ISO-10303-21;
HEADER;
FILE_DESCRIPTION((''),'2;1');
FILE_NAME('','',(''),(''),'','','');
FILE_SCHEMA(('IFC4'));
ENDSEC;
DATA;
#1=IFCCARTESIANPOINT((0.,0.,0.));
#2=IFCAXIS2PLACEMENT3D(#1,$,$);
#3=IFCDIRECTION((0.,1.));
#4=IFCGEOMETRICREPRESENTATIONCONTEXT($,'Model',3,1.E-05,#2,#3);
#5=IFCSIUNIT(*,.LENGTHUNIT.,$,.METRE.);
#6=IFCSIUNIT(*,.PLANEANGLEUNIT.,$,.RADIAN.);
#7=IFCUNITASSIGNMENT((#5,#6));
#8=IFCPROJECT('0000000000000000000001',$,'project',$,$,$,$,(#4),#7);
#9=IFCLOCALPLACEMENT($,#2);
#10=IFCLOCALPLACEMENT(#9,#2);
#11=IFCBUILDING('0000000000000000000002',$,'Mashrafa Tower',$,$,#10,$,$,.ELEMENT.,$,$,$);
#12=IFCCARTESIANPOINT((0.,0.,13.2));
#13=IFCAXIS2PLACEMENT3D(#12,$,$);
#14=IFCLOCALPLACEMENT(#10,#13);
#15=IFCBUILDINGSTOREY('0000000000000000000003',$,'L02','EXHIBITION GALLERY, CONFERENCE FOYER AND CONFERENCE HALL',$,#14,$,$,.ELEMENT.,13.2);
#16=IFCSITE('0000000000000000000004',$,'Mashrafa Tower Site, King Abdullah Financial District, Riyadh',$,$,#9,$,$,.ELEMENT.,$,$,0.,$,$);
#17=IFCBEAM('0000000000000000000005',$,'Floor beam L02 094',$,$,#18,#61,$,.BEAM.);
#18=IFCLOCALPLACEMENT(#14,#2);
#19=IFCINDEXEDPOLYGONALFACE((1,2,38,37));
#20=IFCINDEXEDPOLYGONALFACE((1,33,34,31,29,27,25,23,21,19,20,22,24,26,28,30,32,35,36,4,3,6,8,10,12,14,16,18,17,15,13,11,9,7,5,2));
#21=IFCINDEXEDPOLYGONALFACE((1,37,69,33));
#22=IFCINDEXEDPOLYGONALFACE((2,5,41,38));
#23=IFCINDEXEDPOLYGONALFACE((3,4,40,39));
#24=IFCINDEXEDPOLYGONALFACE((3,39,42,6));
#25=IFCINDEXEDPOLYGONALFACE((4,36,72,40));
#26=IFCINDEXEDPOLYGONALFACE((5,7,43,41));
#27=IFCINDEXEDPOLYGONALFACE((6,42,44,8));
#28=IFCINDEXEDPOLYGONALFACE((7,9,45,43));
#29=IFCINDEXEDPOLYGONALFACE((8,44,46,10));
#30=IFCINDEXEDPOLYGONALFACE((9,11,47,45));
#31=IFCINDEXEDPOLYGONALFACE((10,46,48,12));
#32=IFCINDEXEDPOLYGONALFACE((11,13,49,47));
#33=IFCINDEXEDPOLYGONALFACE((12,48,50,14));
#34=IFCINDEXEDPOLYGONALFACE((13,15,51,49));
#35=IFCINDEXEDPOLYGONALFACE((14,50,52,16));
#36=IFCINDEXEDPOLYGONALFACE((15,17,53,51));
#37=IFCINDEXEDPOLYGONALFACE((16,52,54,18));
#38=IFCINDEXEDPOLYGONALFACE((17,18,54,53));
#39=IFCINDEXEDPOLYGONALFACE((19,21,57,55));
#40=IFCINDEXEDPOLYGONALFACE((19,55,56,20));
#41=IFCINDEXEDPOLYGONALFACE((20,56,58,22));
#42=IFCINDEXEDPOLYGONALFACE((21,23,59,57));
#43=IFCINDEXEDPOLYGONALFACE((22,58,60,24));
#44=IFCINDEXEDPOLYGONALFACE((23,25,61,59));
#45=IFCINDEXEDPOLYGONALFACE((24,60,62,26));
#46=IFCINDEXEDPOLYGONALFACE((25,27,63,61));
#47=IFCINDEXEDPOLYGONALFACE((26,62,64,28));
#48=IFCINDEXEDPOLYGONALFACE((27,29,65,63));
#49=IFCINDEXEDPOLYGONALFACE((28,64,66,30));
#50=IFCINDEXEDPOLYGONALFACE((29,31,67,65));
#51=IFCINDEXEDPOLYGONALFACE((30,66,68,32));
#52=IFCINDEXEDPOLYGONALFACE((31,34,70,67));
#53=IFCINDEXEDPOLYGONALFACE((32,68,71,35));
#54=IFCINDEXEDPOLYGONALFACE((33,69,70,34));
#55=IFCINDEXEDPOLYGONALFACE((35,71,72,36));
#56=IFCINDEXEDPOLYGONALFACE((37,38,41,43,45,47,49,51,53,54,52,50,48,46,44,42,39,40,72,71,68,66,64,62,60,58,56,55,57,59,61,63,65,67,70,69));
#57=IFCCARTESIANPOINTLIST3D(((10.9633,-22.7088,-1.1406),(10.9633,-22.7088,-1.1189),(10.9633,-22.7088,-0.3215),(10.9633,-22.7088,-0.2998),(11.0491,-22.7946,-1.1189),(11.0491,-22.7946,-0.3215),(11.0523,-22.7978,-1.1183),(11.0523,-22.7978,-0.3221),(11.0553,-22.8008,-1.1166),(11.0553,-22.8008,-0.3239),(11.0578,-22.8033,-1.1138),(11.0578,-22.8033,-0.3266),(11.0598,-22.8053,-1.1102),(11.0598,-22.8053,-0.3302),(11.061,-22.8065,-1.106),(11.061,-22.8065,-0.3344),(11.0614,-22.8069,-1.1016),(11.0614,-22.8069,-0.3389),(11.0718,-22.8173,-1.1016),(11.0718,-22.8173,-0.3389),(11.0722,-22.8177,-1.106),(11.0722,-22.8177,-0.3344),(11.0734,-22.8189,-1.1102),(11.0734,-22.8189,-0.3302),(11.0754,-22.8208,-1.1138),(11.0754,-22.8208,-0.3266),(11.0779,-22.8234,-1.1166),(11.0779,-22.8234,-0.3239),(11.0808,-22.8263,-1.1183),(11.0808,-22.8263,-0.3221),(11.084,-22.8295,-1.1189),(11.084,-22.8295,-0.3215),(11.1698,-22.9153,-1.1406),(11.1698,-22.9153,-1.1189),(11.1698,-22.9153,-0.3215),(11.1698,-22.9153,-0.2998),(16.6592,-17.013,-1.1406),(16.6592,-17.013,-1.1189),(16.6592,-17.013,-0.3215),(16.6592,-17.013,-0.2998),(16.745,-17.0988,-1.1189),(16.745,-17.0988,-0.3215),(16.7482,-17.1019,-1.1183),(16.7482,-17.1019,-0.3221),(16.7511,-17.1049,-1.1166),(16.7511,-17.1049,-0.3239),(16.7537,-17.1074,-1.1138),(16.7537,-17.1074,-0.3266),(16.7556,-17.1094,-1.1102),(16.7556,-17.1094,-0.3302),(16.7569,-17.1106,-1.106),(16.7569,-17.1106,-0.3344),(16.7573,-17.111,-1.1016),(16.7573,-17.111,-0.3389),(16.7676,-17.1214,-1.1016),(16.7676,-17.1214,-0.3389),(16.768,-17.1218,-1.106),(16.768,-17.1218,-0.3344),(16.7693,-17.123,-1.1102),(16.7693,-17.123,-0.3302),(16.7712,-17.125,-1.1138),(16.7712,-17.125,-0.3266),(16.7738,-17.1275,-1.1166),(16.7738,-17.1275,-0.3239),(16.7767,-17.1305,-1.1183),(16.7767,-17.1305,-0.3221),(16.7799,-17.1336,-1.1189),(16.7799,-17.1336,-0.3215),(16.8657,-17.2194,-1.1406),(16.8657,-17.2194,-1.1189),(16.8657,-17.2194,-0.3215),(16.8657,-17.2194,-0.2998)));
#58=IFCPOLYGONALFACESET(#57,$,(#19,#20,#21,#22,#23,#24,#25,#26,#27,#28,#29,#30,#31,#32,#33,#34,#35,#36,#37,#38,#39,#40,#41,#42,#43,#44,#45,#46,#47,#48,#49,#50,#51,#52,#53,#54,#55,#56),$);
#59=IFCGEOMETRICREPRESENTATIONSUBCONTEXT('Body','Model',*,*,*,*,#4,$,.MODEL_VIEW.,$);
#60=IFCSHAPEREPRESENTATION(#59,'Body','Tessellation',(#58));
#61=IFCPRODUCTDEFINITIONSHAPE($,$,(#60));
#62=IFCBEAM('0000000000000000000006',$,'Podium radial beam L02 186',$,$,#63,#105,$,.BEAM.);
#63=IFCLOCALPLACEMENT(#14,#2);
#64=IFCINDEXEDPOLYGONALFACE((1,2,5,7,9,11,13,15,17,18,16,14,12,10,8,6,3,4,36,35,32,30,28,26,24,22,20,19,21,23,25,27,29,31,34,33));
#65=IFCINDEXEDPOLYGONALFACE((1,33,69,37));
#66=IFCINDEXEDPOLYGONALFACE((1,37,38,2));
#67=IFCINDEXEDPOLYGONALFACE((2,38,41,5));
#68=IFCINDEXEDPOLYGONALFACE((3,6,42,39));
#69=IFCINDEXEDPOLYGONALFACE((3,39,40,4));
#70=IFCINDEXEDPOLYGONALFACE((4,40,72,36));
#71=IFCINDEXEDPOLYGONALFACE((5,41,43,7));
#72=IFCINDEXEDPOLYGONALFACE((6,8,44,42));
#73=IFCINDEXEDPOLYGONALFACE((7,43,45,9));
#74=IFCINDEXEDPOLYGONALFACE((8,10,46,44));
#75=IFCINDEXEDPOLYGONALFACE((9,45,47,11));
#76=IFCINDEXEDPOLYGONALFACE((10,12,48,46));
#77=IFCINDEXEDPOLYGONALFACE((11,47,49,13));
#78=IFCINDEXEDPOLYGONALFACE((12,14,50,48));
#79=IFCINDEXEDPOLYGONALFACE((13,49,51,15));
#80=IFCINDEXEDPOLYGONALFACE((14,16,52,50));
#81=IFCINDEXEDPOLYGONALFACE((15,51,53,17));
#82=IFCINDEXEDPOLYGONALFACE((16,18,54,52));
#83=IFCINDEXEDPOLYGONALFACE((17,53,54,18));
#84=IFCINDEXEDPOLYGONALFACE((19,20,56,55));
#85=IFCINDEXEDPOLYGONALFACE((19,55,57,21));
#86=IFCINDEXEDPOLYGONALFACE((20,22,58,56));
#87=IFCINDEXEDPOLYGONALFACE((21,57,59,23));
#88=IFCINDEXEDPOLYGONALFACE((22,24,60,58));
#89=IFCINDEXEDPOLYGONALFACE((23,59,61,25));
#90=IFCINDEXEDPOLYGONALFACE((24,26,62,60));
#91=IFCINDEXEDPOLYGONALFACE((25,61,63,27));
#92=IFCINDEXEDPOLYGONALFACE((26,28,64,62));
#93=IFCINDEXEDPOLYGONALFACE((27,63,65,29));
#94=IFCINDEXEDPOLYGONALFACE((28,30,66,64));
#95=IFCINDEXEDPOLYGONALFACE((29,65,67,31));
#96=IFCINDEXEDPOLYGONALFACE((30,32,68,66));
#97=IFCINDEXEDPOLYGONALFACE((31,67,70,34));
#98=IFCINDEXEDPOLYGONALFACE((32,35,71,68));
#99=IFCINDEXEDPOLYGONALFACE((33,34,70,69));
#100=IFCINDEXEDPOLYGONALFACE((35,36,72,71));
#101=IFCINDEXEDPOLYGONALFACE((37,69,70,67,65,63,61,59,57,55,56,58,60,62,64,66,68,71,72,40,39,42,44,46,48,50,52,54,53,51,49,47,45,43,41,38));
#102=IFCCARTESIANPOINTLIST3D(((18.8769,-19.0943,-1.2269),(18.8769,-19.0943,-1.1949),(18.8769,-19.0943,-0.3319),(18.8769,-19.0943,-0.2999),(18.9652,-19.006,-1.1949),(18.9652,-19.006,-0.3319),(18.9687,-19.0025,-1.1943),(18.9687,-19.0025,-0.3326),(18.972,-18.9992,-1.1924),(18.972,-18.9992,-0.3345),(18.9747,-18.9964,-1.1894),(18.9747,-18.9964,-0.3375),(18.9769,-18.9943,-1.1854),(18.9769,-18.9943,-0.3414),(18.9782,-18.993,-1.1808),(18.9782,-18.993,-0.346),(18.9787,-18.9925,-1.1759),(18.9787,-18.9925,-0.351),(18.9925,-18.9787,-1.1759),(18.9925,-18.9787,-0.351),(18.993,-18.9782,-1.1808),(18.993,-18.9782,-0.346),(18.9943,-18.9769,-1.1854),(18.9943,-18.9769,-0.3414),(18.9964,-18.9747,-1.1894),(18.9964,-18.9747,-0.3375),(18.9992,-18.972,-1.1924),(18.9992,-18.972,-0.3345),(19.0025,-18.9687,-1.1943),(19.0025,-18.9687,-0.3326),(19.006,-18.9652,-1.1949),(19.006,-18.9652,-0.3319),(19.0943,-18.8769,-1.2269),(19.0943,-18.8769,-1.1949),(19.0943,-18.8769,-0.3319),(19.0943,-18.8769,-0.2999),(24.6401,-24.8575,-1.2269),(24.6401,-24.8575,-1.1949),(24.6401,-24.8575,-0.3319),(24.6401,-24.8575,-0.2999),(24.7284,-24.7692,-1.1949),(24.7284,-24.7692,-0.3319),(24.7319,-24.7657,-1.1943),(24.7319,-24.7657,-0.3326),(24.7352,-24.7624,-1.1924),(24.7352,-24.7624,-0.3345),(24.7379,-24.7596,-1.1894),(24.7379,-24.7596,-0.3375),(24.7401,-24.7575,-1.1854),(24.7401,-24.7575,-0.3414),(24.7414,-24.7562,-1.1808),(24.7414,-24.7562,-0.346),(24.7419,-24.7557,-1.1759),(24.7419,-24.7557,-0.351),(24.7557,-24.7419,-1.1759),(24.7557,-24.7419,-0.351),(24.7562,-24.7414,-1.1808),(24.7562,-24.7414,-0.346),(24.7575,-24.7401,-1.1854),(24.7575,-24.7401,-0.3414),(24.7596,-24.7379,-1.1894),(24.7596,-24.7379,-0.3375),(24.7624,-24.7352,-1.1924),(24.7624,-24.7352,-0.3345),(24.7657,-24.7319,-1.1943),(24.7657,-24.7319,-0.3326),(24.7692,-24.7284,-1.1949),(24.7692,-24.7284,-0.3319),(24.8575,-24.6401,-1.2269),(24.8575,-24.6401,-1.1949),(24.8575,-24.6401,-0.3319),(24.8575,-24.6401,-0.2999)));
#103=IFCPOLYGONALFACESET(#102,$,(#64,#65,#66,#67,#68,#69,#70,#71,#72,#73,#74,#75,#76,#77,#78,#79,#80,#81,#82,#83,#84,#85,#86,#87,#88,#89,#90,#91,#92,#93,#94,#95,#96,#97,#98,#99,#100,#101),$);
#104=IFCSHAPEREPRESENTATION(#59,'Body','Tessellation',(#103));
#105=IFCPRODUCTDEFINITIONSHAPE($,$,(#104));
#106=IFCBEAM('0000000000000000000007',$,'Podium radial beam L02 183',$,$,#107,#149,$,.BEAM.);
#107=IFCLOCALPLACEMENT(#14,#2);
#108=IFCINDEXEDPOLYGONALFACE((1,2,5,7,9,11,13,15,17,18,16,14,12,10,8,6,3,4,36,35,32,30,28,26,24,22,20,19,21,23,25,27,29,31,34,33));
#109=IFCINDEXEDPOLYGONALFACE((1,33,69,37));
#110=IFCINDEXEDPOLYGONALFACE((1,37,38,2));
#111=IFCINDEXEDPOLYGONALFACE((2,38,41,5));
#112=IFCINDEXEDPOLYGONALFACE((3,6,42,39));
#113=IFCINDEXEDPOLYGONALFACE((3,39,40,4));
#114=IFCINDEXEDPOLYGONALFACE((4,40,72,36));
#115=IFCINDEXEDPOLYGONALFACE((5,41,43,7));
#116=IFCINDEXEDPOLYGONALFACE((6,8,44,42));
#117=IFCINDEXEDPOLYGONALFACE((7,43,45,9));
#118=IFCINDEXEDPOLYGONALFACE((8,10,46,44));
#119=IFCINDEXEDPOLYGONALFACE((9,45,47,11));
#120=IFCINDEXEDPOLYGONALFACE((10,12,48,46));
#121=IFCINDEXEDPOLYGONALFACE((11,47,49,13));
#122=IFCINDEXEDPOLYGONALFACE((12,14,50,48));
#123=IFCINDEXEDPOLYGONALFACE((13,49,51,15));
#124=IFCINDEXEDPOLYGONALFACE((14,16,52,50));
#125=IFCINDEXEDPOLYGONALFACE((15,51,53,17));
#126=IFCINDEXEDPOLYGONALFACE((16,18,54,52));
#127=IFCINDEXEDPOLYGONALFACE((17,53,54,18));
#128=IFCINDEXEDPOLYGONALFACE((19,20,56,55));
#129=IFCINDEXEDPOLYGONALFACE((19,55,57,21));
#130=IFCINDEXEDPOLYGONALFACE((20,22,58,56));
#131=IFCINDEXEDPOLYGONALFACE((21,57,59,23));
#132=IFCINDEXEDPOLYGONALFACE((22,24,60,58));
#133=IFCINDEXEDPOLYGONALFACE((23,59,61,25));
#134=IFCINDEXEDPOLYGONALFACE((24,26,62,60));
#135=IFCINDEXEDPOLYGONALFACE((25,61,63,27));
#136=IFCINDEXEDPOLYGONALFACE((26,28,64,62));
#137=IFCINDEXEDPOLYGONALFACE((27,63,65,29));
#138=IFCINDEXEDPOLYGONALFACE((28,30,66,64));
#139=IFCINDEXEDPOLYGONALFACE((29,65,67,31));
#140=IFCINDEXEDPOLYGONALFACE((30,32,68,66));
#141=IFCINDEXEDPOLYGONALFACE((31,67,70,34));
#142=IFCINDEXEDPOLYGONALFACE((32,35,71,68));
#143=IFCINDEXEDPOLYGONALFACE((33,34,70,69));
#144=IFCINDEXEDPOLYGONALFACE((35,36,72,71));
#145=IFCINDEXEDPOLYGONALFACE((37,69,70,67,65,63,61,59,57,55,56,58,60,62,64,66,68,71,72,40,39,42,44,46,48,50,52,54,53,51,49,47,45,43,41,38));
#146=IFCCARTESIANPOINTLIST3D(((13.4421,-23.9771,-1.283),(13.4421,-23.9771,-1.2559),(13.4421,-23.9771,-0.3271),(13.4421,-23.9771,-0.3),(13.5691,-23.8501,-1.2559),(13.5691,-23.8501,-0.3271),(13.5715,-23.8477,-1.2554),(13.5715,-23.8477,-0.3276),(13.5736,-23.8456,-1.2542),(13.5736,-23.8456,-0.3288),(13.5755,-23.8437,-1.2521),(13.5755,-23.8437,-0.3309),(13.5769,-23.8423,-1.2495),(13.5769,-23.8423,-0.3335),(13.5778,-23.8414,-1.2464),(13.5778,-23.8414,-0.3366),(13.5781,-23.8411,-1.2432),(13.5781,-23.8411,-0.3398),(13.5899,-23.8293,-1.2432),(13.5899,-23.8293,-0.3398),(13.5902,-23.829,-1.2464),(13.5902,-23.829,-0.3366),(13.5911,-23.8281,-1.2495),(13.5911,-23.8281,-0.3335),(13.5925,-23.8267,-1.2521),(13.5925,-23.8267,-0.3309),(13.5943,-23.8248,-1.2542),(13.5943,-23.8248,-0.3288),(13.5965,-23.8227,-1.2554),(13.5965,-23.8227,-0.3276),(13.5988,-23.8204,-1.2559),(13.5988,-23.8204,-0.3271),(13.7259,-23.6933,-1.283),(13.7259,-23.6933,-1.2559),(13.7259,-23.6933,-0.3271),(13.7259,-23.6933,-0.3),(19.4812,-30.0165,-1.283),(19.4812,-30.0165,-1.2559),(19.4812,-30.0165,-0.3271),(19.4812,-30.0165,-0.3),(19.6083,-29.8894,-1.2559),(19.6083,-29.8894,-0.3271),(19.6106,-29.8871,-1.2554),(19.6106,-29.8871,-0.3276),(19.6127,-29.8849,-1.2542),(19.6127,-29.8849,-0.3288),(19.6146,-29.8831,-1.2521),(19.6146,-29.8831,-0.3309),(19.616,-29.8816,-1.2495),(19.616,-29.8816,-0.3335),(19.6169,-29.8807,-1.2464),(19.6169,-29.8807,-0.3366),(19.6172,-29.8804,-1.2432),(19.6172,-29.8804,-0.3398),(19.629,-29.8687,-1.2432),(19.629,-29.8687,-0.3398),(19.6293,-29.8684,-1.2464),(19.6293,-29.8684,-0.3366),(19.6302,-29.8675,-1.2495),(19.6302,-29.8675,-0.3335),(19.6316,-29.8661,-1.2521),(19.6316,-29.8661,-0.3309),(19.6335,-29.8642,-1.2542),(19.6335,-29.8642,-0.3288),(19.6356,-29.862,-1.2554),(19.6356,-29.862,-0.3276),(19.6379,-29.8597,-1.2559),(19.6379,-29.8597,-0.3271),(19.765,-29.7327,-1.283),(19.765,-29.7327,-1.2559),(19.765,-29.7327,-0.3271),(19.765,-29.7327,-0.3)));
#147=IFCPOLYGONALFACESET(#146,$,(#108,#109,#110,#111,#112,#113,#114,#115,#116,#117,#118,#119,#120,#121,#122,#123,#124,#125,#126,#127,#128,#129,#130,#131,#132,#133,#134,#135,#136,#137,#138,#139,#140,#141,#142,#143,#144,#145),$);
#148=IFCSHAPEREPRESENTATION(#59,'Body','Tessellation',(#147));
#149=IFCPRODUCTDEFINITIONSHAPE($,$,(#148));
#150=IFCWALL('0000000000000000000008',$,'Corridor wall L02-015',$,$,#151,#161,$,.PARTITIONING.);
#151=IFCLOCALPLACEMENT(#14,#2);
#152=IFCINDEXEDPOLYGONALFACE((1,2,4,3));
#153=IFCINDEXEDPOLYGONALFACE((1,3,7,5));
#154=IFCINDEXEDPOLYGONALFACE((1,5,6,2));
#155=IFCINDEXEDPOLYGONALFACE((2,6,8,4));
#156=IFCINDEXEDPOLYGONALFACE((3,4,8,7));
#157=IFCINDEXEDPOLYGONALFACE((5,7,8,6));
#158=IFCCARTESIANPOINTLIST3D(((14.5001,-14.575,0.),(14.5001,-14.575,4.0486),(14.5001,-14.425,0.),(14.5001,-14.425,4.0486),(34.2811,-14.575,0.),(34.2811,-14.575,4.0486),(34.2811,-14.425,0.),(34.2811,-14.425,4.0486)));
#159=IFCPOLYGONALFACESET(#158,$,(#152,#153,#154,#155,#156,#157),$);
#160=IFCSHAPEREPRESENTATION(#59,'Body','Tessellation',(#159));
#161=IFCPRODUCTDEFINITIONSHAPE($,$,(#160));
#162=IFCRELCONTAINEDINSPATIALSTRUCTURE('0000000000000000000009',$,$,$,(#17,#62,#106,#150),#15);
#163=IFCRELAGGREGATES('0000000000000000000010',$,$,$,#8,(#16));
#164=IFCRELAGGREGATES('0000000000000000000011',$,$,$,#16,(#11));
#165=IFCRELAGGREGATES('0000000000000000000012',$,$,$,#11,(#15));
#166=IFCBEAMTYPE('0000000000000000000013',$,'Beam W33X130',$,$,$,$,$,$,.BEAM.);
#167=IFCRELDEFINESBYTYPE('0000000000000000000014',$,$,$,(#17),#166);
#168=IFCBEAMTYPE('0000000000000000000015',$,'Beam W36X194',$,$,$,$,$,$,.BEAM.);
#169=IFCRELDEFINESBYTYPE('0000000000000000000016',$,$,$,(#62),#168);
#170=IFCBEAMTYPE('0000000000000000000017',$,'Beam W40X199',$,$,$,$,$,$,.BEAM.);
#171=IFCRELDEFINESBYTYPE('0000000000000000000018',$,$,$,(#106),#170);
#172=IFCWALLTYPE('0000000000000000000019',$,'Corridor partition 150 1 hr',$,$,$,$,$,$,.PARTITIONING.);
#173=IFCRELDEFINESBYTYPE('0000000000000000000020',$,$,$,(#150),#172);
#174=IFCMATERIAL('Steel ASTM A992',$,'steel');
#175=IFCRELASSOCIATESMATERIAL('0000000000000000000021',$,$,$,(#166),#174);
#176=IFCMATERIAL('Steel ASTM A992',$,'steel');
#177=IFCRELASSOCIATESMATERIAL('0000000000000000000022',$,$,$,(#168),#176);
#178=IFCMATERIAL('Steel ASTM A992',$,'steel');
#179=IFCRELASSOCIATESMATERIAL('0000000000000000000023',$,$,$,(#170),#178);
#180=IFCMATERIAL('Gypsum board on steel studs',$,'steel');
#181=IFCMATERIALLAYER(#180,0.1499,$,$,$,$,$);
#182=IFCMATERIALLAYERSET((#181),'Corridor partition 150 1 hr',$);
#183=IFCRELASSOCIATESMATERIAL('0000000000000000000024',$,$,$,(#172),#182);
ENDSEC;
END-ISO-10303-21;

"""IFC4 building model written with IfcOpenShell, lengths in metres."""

from ifc_helpers import new_model, si_unit, direction, frame, frame_2d, origin, origin_2d, place, context, subcontext, project, spatial, rectangle, i_section, extrude, material, layer, layer_set, material_profile, profile_set, type_object, element, save


model = new_model("IFC4")

# Units and contexts
model_context = context("Model", 3, precision=1e-05, world=origin(), true_north=direction((0.0, 1.0)))
body_context = subcontext(model_context, "Body", "Model", "MODEL_VIEW")
ifc_project = project(units=[si_unit("LENGTHUNIT", "METRE"), si_unit("PLANEANGLEUNIT", "RADIAN")], contexts=[model_context])

# Site, building, storey
site_placement = place(None, origin())
site = spatial("IfcSite", under=ifc_project, at=site_placement, Name="Mashrafa Tower Site, King Abdullah Financial District, Riyadh", CompositionType="ELEMENT", RefElevation=0.0)
building_placement = place(site_placement, origin())
building = spatial("IfcBuilding", under=site, at=building_placement, Name="Mashrafa Tower", CompositionType="ELEMENT")
storey_placement = place(building_placement, frame((0.0, 0.0, 13.2)))
storey = spatial("IfcBuildingStorey", under=building, at=storey_placement, Name="L02", Description="EXHIBITION GALLERY, CONFERENCE FOYER AND CONFERENCE HALL", CompositionType="ELEMENT", Elevation=13.2)

# Beams
ifc_material_1 = material(Name="Steel ASTM A992", Category="steel")
ifc_material_profile_1 = material_profile(ifc_material_1, i_section(OverallWidth=0.292, OverallDepth=0.8408, WebThickness=0.0146, FlangeThickness=0.0217, FilletRadius=0.0173, at=origin_2d()), Name="W33X130")
ifc_profile_set_1 = profile_set([ifc_material_profile_1], Name="Steel ASTM A992")
beam_type_1 = type_object("IfcBeamType", Name="Beam W33X130", PredefinedType="BEAM", material=ifc_profile_set_1)
beam_1_placement = place(storey_placement, frame((16.7625, -17.1162, -0.7202), z_axis=(-0.707107, -0.707107, 0.0), x_axis=(0.707107, -0.707107, 0.0)))
element("IfcBeam", 1, at=beam_1_placement, inside=storey, type_object=beam_type_1, Name="Floor beam L02 094", PredefinedType="BEAM", context=body_context, shape_type="SweptSolid", body=[
    extrude(i_section(OverallWidth=0.292, OverallDepth=0.8408, WebThickness=0.0146, FlangeThickness=0.0217, FilletRadius=0.0173, at=origin_2d()), origin(), (0.0, 0.0, 1.0), 8.0552),
])
ifc_material_2 = material(Name="Steel ASTM A992", Category="steel")
ifc_material_profile_2 = material_profile(ifc_material_2, i_section(OverallWidth=0.3074, OverallDepth=0.927, WebThickness=0.0195, FlangeThickness=0.032, FilletRadius=0.019, at=origin_2d()), Name="W36X194")
ifc_profile_set_2 = profile_set([ifc_material_profile_2], Name="Steel ASTM A992")
beam_type_2 = type_object("IfcBeamType", Name="Beam W36X194", PredefinedType="BEAM", material=ifc_profile_set_2)
beam_2_placement = place(storey_placement, frame((18.9856, -18.9856, -0.7634), z_axis=(0.707107, -0.707107, 0.0), x_axis=(0.707107, 0.707107, 0.0)))
element("IfcBeam", 2, at=beam_2_placement, inside=storey, type_object=beam_type_2, Name="Podium radial beam L02 186", PredefinedType="BEAM", context=body_context, shape_type="SweptSolid", body=[
    extrude(i_section(OverallWidth=0.3074, OverallDepth=0.927, WebThickness=0.0195, FlangeThickness=0.032, FilletRadius=0.019, at=origin_2d()), origin(), (0.0, 0.0, 1.0), 8.1504),
])
ifc_material_3 = material(Name="Steel ASTM A992", Category="steel")
ifc_material_profile_3 = material_profile(ifc_material_3, i_section(OverallWidth=0.4014, OverallDepth=0.9829, WebThickness=0.0166, FlangeThickness=0.0271, FilletRadius=0.0127, at=origin_2d()), Name="W40X199")
ifc_profile_set_3 = profile_set([ifc_material_profile_3], Name="Steel ASTM A992")
beam_type_3 = type_object("IfcBeamType", Name="Beam W40X199", PredefinedType="BEAM", material=ifc_profile_set_3)
beam_3_placement = place(storey_placement, frame((13.584, -23.8352, -0.7915), z_axis=(0.707092, -0.707121, 0.0), x_axis=(0.707121, 0.707092, 0.0)))
element("IfcBeam", 3, at=beam_3_placement, inside=storey, type_object=beam_type_3, Name="Podium radial beam L02 183", PredefinedType="BEAM", context=body_context, shape_type="SweptSolid", body=[
    extrude(i_section(OverallWidth=0.4014, OverallDepth=0.9829, WebThickness=0.0166, FlangeThickness=0.0271, FilletRadius=0.0127, at=origin_2d()), origin(), (0.0, 0.0, 1.0), 8.5408),
])

# Wall
ifc_material_4 = material(Name="Gypsum board on steel studs", Category="steel")
ifc_layer_1 = layer(ifc_material_4, 0.1499)
ifc_layer_set_1 = layer_set([ifc_layer_1], Name="Corridor partition 150 1 hr")
wall_type_1 = type_object("IfcWallType", Name="Corridor partition 150 1 hr", PredefinedType="PARTITIONING", material=ifc_layer_set_1)
wall_1_placement = place(storey_placement, frame((14.5, -14.5, 0.0), z_axis=(0.0, 0.0, 1.0), x_axis=(1.0, 0.0, 0.0)))
element("IfcWall", 4, at=wall_1_placement, inside=storey, type_object=wall_type_1, Name="Corridor wall L02-015", PredefinedType="PARTITIONING", context=body_context, shape_type="SweptSolid", body=[
    extrude(rectangle(XDim=19.781, YDim=0.1499, at=frame_2d((9.8906, 0.0))), origin(), (0.0, 0.0, 1.0), 4.0486),
])

save(model, "model.ifc")
